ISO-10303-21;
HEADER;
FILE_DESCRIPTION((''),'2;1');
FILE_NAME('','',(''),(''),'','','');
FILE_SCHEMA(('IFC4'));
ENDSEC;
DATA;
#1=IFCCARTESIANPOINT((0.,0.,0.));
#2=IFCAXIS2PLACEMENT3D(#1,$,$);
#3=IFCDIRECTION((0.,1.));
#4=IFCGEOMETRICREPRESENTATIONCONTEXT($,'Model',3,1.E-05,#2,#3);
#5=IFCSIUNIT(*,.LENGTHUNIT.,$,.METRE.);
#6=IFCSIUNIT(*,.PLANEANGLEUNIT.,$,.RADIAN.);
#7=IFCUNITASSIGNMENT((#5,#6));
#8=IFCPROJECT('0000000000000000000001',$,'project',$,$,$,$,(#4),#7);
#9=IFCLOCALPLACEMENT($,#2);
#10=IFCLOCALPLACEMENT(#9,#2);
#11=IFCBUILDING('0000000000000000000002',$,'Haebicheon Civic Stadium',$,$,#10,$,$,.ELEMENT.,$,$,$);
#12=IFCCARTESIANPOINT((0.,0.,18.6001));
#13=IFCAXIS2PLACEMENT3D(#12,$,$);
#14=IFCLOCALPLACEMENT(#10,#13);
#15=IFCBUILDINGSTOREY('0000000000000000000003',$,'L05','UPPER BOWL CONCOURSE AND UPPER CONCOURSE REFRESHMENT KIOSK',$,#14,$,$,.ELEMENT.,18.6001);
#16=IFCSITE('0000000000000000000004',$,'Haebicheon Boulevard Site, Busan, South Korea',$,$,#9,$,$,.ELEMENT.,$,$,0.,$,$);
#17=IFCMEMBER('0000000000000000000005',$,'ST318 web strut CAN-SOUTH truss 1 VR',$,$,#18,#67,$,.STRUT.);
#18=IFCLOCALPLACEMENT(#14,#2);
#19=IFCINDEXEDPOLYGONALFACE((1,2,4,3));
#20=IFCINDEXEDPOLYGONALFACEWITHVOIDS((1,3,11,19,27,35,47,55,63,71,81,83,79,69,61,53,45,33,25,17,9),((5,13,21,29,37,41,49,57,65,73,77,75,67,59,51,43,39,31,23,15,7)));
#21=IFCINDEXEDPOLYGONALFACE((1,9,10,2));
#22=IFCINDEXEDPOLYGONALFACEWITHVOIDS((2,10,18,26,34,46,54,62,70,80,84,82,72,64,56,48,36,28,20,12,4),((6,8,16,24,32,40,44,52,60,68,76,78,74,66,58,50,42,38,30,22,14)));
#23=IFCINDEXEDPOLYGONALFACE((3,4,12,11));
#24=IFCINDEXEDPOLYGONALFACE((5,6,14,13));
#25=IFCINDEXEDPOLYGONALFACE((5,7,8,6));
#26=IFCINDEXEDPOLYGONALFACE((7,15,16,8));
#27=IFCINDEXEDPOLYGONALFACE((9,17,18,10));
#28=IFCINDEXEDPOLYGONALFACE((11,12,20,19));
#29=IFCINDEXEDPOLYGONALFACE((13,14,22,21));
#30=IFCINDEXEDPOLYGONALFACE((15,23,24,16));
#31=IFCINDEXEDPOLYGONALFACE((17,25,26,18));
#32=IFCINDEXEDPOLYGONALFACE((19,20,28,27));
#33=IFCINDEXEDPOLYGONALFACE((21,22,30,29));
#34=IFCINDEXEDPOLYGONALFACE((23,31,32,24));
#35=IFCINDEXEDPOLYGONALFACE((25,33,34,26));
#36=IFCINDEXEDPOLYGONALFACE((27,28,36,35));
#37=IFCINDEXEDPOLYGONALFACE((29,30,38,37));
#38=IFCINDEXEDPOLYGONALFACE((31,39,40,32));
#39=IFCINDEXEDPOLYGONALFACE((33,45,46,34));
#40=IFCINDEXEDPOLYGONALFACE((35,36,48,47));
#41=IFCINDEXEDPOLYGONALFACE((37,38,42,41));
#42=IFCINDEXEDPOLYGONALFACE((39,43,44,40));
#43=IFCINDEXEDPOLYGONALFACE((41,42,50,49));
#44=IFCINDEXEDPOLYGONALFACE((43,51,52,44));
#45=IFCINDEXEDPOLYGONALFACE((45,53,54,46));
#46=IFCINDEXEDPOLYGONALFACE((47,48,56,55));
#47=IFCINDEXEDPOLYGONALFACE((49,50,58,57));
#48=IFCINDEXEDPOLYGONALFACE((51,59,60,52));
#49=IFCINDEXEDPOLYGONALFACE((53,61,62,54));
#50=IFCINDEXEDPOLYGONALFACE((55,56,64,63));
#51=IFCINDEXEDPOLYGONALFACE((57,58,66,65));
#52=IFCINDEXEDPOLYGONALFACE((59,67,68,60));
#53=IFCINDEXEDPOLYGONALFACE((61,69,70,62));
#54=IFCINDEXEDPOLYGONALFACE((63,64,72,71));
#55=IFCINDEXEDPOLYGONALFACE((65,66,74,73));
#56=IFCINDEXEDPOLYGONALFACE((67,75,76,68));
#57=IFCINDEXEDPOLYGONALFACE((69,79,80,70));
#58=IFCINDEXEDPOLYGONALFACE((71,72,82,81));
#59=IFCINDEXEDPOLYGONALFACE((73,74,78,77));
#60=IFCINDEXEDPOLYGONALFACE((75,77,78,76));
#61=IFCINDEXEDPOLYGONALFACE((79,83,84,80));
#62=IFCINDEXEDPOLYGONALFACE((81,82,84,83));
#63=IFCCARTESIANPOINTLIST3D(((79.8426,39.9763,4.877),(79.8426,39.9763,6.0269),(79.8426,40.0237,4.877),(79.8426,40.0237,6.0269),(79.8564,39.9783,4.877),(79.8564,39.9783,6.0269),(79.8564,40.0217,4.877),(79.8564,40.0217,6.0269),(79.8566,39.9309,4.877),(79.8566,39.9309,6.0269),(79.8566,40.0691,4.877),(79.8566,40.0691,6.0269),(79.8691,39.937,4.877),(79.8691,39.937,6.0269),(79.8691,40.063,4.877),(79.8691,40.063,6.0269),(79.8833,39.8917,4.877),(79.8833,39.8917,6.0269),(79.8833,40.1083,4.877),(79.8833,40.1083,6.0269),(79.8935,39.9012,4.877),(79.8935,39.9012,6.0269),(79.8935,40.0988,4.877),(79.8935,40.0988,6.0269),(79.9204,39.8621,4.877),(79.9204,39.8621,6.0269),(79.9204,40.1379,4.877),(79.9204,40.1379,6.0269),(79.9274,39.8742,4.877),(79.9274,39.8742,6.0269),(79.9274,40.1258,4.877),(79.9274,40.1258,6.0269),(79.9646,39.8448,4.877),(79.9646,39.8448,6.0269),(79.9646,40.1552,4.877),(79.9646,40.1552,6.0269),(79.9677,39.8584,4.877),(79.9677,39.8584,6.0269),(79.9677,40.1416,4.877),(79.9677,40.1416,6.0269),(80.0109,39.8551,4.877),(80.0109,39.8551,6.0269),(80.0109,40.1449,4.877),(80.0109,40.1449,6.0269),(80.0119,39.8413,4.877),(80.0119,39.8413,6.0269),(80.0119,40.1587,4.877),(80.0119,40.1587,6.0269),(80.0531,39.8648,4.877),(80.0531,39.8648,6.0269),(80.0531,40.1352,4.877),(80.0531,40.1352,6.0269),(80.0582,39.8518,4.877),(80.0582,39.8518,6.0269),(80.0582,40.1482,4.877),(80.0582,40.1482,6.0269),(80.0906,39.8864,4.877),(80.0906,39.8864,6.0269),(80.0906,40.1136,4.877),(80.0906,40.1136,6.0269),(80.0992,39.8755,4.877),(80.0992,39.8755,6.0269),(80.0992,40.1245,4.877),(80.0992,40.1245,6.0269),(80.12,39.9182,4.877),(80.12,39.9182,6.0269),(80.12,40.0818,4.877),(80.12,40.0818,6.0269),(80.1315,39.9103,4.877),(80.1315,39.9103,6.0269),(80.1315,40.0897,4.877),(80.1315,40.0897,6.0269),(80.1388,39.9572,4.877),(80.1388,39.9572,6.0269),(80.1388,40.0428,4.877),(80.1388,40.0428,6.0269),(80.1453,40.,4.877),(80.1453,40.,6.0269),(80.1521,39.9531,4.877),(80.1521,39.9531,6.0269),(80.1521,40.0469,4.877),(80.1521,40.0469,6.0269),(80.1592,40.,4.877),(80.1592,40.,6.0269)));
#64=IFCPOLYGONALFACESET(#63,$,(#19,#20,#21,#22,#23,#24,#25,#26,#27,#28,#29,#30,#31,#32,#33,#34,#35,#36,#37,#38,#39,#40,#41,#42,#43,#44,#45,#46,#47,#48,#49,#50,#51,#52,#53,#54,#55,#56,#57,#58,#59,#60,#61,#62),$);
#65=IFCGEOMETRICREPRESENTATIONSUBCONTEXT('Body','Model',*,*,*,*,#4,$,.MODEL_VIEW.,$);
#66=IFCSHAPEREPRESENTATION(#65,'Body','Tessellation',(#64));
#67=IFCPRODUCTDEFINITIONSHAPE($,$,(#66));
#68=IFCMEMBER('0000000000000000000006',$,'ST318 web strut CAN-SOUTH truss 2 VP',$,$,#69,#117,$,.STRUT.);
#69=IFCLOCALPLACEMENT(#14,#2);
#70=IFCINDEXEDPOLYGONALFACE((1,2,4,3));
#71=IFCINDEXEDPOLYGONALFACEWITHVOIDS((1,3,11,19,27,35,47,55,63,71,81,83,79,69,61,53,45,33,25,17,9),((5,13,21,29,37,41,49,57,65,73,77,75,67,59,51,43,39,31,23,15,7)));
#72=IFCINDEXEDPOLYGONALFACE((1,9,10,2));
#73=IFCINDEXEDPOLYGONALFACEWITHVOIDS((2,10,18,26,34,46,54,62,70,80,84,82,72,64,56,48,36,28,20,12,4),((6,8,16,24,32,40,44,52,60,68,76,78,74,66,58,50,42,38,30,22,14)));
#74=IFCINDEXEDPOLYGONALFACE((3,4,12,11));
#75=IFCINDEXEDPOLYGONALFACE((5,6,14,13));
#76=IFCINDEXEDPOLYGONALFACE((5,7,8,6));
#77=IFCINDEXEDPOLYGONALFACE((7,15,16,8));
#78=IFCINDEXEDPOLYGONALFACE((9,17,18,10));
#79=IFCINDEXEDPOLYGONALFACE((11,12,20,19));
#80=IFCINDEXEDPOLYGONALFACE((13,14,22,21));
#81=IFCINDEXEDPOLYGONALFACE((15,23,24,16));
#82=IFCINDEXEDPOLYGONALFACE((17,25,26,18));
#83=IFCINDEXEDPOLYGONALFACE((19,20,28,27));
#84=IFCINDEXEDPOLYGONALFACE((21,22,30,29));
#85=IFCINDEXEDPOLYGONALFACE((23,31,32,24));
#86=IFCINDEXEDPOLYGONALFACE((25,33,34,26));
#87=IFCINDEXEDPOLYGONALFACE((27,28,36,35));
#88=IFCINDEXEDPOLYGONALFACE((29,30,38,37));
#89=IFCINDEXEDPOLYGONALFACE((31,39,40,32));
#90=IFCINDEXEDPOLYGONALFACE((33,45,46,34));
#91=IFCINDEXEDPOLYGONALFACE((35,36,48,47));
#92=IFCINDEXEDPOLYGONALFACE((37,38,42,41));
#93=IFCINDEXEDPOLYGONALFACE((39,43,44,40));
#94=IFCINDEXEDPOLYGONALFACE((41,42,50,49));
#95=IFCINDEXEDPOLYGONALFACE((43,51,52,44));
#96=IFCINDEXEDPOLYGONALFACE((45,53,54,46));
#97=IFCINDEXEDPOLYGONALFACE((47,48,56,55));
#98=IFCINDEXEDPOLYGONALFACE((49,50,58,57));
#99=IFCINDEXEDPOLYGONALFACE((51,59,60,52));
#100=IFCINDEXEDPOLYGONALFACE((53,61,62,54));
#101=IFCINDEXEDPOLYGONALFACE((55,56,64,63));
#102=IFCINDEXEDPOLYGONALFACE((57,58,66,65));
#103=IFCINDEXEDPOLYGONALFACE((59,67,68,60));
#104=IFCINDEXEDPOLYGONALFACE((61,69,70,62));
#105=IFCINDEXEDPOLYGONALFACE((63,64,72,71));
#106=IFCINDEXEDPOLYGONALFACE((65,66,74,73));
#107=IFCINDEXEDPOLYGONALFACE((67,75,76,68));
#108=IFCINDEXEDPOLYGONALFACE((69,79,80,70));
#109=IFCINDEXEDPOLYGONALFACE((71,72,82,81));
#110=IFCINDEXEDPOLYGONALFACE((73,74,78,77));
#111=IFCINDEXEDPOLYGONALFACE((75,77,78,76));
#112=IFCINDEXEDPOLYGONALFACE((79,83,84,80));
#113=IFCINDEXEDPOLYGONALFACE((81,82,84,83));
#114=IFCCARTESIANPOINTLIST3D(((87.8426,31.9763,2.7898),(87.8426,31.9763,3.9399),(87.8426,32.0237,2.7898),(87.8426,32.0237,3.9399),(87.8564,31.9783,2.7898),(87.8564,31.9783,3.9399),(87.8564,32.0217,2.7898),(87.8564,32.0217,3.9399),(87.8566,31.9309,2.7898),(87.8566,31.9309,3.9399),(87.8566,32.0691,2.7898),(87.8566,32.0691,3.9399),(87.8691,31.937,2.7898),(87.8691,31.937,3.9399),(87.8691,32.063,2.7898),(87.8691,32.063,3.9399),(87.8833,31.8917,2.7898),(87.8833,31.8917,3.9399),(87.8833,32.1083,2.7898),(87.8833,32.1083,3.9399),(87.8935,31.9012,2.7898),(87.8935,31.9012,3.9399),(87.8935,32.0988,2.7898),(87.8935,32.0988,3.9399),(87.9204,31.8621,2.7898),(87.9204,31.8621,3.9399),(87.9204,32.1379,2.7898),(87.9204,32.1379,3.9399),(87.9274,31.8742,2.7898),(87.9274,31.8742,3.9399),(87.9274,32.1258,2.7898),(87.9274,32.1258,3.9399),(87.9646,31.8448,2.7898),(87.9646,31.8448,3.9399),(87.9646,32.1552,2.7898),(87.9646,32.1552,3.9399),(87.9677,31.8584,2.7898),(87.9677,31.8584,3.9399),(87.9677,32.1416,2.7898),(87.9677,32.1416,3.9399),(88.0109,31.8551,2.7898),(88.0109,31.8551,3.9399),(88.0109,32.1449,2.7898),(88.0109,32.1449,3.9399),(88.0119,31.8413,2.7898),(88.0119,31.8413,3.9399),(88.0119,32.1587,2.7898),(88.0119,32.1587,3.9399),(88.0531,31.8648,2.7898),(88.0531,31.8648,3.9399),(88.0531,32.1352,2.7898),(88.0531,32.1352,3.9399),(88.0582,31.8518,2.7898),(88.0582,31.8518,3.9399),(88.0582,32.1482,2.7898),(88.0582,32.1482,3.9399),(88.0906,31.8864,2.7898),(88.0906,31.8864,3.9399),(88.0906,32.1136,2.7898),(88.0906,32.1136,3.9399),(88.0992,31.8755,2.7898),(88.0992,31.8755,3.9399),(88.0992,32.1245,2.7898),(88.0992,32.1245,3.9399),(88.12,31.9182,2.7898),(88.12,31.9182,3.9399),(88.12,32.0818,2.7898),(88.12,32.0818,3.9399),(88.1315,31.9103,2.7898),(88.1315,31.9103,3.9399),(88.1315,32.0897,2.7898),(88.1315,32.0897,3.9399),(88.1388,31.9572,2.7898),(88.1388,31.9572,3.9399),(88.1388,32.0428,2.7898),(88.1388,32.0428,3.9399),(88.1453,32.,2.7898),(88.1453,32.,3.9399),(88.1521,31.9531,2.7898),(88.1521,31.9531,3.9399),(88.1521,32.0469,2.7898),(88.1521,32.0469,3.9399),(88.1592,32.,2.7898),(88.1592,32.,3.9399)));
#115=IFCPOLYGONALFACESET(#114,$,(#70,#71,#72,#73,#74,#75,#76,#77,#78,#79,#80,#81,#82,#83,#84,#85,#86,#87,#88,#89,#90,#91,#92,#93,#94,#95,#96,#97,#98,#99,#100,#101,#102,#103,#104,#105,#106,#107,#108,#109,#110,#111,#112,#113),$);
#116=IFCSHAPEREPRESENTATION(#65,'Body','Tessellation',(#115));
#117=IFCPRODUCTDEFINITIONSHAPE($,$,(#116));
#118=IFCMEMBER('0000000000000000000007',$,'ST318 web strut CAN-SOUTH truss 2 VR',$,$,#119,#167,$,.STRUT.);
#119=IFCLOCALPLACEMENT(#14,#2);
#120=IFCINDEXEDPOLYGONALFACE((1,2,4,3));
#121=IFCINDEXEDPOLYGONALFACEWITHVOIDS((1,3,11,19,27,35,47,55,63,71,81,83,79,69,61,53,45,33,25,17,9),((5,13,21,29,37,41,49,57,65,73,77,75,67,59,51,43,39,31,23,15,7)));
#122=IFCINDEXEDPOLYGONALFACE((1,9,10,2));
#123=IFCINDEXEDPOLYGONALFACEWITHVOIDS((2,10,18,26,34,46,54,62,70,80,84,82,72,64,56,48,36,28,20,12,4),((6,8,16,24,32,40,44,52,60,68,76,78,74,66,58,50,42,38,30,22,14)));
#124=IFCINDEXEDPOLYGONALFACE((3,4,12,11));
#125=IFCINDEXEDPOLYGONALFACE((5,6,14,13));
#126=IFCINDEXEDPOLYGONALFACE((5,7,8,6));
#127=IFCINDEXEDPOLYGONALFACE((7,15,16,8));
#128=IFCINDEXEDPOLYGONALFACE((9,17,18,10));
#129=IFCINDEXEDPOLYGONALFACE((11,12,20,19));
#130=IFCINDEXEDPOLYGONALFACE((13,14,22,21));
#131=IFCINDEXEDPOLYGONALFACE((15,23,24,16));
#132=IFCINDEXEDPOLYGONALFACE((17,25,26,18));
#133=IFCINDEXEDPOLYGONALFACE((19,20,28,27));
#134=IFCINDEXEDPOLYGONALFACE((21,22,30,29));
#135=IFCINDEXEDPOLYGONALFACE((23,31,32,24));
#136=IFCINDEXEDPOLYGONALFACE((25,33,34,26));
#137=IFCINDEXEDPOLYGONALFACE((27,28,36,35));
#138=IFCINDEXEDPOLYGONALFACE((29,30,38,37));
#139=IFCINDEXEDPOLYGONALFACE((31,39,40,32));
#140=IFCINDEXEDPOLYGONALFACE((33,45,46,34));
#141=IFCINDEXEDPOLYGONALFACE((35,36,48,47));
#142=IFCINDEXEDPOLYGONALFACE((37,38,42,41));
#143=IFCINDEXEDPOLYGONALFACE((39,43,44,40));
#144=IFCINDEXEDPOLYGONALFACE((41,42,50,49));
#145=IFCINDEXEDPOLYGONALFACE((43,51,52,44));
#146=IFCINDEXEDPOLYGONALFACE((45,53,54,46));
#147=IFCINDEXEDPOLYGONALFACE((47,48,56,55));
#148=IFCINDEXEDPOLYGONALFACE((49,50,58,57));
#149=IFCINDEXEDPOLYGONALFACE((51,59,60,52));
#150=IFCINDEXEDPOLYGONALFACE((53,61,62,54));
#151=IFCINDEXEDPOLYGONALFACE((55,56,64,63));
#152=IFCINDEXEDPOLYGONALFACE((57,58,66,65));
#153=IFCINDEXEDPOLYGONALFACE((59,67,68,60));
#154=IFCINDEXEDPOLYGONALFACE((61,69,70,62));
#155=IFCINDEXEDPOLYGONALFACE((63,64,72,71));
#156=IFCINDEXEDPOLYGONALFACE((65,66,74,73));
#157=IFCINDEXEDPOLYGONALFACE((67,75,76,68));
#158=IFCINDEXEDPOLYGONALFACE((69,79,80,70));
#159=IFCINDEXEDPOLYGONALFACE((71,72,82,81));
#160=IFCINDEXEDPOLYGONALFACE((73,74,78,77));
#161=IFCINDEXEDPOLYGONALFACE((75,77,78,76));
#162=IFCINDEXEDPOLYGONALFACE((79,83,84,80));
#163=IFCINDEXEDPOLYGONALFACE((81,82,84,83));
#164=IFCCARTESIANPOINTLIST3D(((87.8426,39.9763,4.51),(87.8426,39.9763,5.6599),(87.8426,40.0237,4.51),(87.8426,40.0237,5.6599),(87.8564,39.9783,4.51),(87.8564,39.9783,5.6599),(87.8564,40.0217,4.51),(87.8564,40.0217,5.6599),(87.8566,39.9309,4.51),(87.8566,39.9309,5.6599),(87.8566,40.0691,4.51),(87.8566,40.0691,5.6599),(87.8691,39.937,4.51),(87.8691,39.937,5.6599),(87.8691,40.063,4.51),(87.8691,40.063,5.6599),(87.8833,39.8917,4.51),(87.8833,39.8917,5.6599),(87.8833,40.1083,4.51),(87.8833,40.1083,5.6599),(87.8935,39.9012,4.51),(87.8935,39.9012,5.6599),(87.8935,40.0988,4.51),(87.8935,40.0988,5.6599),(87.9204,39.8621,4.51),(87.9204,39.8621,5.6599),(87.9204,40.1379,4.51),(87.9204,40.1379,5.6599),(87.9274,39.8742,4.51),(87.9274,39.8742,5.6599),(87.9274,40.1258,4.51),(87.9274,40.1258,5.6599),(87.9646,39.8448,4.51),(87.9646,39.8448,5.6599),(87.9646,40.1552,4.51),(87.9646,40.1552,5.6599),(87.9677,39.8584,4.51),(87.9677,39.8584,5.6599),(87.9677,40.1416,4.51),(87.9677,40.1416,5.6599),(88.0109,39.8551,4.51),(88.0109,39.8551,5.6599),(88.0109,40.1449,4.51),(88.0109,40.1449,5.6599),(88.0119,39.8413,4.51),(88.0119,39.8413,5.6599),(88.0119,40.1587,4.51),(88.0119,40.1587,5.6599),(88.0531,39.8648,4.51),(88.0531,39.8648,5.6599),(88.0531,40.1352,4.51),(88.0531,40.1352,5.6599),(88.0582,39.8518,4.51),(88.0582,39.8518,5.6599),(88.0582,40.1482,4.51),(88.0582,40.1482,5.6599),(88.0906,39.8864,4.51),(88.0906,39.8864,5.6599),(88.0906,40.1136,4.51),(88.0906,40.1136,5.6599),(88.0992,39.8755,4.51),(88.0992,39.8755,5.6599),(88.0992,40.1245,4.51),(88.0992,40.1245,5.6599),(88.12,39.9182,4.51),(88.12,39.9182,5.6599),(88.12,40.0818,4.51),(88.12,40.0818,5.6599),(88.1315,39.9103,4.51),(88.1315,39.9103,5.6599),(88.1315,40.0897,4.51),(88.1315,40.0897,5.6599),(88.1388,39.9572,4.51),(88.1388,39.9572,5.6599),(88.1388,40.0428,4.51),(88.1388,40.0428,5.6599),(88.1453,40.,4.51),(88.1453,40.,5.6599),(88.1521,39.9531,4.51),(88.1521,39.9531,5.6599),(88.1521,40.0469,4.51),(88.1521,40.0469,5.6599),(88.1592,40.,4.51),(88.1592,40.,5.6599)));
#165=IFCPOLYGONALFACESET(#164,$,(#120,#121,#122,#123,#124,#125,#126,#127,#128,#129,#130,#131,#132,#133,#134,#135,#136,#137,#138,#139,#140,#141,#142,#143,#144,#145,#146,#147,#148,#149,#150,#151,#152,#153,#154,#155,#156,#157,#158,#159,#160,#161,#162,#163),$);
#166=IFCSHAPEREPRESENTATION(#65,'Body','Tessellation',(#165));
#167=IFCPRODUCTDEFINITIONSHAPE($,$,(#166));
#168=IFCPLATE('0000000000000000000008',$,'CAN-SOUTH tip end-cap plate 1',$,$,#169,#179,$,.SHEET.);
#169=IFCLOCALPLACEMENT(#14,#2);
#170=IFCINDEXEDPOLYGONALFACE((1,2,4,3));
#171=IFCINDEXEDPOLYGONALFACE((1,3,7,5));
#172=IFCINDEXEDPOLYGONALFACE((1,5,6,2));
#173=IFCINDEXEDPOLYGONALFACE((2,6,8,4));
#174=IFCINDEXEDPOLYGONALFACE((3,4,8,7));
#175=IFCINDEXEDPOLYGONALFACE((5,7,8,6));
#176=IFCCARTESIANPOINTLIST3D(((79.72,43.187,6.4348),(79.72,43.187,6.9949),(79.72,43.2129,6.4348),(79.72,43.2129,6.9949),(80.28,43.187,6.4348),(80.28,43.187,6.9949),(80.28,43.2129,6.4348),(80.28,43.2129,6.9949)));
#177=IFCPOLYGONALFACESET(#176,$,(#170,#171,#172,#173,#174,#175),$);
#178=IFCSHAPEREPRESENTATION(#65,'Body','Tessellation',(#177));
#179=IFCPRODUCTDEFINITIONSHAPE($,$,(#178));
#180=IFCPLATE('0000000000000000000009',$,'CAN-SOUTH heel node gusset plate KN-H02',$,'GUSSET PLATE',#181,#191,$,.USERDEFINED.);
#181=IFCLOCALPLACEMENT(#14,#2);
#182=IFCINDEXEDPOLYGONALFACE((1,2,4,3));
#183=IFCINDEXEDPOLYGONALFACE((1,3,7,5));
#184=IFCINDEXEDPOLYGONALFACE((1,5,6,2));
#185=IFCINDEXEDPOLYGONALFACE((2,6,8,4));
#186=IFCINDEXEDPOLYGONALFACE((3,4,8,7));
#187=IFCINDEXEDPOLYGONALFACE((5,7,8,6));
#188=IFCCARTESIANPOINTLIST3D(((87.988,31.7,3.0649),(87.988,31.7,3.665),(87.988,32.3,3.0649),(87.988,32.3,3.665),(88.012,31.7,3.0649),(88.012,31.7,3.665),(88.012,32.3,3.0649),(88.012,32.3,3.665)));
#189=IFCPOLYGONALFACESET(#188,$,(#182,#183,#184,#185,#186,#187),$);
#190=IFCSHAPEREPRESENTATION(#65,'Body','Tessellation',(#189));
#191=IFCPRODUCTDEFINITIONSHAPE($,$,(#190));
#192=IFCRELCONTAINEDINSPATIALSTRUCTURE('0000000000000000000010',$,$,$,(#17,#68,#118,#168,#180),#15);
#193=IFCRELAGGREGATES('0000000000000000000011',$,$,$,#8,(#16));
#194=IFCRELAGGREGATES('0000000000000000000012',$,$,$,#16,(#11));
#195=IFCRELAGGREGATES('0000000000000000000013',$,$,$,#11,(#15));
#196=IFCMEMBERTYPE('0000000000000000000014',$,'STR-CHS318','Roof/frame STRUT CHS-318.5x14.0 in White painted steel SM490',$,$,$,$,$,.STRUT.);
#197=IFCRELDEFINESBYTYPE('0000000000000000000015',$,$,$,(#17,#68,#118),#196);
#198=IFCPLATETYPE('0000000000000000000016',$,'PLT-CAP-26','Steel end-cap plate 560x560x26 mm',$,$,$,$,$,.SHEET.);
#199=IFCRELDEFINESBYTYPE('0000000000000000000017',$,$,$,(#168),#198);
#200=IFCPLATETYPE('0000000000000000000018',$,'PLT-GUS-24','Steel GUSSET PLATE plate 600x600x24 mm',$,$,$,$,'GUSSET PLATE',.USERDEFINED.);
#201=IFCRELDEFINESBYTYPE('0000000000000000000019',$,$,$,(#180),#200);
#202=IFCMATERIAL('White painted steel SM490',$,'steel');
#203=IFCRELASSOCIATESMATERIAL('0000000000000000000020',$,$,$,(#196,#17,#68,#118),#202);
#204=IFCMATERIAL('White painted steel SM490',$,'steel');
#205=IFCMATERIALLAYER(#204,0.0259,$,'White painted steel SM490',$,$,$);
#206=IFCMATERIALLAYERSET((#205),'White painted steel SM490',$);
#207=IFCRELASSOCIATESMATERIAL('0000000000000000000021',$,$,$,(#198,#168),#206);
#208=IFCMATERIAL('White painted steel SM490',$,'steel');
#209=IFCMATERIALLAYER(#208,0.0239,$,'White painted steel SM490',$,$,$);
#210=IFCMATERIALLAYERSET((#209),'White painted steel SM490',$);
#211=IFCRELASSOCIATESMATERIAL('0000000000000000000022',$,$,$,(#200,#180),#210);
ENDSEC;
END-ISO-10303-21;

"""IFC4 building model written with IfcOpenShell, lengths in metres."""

from ifc_helpers import new_model, si_unit, direction, frame, origin, origin_2d, place, context, subcontext, project, spatial, rectangle, hollow_circle, extrude, material, layer, layer_set, material_profile, profile_set, type_object, element, save


model = new_model("IFC4")

# Units and contexts
model_context = context("Model", 3, precision=1e-05, world=origin(), true_north=direction((0.0, 1.0)))
body_context = subcontext(model_context, "Body", "Model", "MODEL_VIEW")
ifc_project = project(units=[si_unit("LENGTHUNIT", "METRE"), si_unit("PLANEANGLEUNIT", "RADIAN")], contexts=[model_context])

# Site, building, storey
site_placement = place(None, origin())
site = spatial("IfcSite", under=ifc_project, at=site_placement, Name="Haebicheon Boulevard Site, Busan, South Korea", CompositionType="ELEMENT", RefElevation=0.0)
building_placement = place(site_placement, origin())
building = spatial("IfcBuilding", under=site, at=building_placement, Name="Haebicheon Civic Stadium", CompositionType="ELEMENT")
storey_placement = place(building_placement, frame((0.0, 0.0, 18.6001)))
storey = spatial("IfcBuildingStorey", under=building, at=storey_placement, Name="L05", Description="UPPER BOWL CONCOURSE AND UPPER CONCOURSE REFRESHMENT KIOSK", CompositionType="ELEMENT", Elevation=18.6001)

# Members
ifc_material_1 = material(Name="White painted steel SM490", Category="steel")
ifc_material_profile_1 = material_profile(ifc_material_1, hollow_circle(Radius=0.1592, WallThickness=0.0139, at=origin_2d()), Name="CHS-318.5x14.0")
ifc_profile_set_1 = profile_set([ifc_material_profile_1], Name="White painted steel SM490")
member_type_1 = type_object("IfcMemberType", Name="STR-CHS318", Description="Roof/frame STRUT CHS-318.5x14.0 in White painted steel SM490", PredefinedType="STRUT", material=ifc_profile_set_1)
member_1_placement = place(storey_placement, frame((80.0, 40.0, 4.877), z_axis=(0.0, 0.0, 1.0), x_axis=(1.0, 0.0, 0.0)))
element("IfcMember", 1, at=member_1_placement, inside=storey, type_object=member_type_1, material=ifc_profile_set_1, Name="ST318 web strut CAN-SOUTH truss 1 VR", PredefinedType="STRUT", context=body_context, shape_type="SweptSolid", body=[
    extrude(hollow_circle(Radius=0.1592, WallThickness=0.0139, at=origin_2d()), origin(), (0.0, 0.0, 1.0), 1.1499),
])
member_2_placement = place(storey_placement, frame((88.0, 32.0, 2.7898), z_axis=(0.0, 0.0, 1.0), x_axis=(1.0, 0.0, 0.0)))
element("IfcMember", 2, at=member_2_placement, inside=storey, type_object=member_type_1, material=ifc_profile_set_1, Name="ST318 web strut CAN-SOUTH truss 2 VP", PredefinedType="STRUT", context=body_context, shape_type="SweptSolid", body=[
    extrude(hollow_circle(Radius=0.1592, WallThickness=0.0139, at=origin_2d()), origin(), (0.0, 0.0, 1.0), 1.1501),
])
member_3_placement = place(storey_placement, frame((88.0, 40.0, 4.51), z_axis=(0.0, 0.0, 1.0), x_axis=(1.0, 0.0, 0.0)))
element("IfcMember", 3, at=member_3_placement, inside=storey, type_object=member_type_1, material=ifc_profile_set_1, Name="ST318 web strut CAN-SOUTH truss 2 VR", PredefinedType="STRUT", context=body_context, shape_type="SweptSolid", body=[
    extrude(hollow_circle(Radius=0.1592, WallThickness=0.0139, at=origin_2d()), origin(), (0.0, 0.0, 1.0), 1.1499),
])

# Plates
ifc_material_2 = material(Name="White painted steel SM490", Category="steel")
ifc_layer_1 = layer(ifc_material_2, 0.0259, Name="White painted steel SM490")
ifc_layer_set_1 = layer_set([ifc_layer_1], Name="White painted steel SM490")
plate_type_1 = type_object("IfcPlateType", Name="PLT-CAP-26", Description="Steel end-cap plate 560x560x26 mm", PredefinedType="SHEET", material=ifc_layer_set_1)
plate_1_placement = place(storey_placement, frame((80.0, 43.2, 6.4348), z_axis=(0.0, 0.0, 1.0), x_axis=(-1.0, 0.0, 0.0)))
element("IfcPlate", 4, at=plate_1_placement, inside=storey, type_object=plate_type_1, material=ifc_layer_set_1, Name="CAN-SOUTH tip end-cap plate 1", PredefinedType="SHEET", context=body_context, shape_type="SweptSolid", body=[
    extrude(rectangle(XDim=0.5601, YDim=0.0259, at=origin_2d()), origin(), (0.0, 0.0, 1.0), 0.5601),
])
ifc_material_3 = material(Name="White painted steel SM490", Category="steel")
ifc_layer_2 = layer(ifc_material_3, 0.0239, Name="White painted steel SM490")
ifc_layer_set_2 = layer_set([ifc_layer_2], Name="White painted steel SM490")
plate_type_2 = type_object("IfcPlateType", Name="PLT-GUS-24", Description="Steel GUSSET PLATE plate 600x600x24 mm", ElementType="GUSSET PLATE", PredefinedType="USERDEFINED", material=ifc_layer_set_2)
plate_2_placement = place(storey_placement, frame((88.0, 32.0, 3.0649), z_axis=(0.0, 0.0, 1.0), x_axis=(0.0, 1.0, 0.0)))
element("IfcPlate", 5, at=plate_2_placement, inside=storey, type_object=plate_type_2, material=ifc_layer_set_2, Name="CAN-SOUTH heel node gusset plate KN-H02", ObjectType="GUSSET PLATE", PredefinedType="USERDEFINED", context=body_context, shape_type="SweptSolid", body=[
    extrude(rectangle(XDim=0.6001, YDim=0.0239, at=origin_2d()), origin(), (0.0, 0.0, 1.0), 0.6001),
])

save(model, "model.ifc")
